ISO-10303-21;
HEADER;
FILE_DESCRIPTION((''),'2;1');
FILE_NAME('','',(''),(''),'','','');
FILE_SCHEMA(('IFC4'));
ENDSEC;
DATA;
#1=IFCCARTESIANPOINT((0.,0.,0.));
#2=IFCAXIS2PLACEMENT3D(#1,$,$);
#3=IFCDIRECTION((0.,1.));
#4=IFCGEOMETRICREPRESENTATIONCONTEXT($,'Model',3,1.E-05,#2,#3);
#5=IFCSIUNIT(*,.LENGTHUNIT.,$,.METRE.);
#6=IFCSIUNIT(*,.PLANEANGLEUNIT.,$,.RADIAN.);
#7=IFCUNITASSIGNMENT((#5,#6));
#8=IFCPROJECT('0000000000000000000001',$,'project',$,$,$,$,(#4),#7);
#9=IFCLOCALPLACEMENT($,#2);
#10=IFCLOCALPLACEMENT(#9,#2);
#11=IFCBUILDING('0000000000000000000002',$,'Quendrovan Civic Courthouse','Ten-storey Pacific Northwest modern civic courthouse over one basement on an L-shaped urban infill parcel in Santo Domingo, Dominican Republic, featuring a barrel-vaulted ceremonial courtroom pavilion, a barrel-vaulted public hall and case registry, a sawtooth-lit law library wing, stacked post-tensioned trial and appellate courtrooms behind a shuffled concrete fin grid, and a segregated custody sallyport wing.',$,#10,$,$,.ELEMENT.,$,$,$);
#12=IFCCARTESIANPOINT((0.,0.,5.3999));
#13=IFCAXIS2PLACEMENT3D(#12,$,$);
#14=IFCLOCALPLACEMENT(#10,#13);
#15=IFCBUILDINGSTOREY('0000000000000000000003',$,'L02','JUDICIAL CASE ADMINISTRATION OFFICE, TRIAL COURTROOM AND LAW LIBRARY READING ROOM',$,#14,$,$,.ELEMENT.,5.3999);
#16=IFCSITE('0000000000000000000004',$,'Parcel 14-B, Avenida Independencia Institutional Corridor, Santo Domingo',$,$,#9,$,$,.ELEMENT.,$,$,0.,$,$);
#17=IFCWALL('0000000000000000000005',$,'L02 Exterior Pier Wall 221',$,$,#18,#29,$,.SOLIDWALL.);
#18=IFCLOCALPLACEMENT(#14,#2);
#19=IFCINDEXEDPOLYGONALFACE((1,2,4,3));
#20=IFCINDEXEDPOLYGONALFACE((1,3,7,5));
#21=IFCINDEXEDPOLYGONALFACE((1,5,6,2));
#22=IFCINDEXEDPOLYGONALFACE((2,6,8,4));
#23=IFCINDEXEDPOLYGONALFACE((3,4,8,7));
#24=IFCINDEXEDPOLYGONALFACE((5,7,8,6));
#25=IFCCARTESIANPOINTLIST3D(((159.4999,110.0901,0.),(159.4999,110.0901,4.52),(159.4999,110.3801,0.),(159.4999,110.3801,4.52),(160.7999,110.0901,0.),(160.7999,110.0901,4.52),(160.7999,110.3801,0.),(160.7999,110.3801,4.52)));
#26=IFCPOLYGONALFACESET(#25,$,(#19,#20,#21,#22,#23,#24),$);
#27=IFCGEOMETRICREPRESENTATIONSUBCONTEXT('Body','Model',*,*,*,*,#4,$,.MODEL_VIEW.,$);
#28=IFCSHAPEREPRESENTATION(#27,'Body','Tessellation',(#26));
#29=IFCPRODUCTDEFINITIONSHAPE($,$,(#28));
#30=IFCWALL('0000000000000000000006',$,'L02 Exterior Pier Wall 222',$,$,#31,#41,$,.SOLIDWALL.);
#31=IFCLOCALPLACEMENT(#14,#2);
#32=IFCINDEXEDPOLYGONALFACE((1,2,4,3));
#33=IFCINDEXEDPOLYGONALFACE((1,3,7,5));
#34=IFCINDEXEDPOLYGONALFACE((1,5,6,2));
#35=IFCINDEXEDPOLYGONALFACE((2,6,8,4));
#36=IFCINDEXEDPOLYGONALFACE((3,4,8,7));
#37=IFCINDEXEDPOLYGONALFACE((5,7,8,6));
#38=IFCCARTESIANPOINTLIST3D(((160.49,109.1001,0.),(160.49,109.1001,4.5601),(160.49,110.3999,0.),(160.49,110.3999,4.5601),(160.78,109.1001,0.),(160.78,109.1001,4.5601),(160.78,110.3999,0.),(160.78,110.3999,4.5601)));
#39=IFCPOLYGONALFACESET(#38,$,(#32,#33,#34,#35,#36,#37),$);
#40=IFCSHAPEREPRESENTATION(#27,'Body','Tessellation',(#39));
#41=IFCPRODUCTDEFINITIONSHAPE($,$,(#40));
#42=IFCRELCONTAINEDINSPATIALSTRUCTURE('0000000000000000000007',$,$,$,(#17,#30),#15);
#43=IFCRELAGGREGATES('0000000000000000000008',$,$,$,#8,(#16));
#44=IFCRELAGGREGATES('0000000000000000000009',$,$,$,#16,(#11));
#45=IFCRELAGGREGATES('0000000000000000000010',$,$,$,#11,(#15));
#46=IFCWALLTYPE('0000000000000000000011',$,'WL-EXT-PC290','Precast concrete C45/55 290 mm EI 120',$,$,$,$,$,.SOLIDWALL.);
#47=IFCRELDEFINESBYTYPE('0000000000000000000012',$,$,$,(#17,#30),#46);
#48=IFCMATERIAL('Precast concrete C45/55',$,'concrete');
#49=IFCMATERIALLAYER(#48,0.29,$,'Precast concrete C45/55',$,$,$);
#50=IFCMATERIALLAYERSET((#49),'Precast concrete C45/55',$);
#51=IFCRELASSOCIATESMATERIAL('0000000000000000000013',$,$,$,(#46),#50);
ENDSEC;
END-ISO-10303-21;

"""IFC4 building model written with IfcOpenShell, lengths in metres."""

from ifc_helpers import new_model, si_unit, direction, frame, frame_2d, origin, place, context, subcontext, project, spatial, rectangle, extrude, material, layer, layer_set, type_object, element, save


model = new_model("IFC4")

# Units and contexts
model_context = context("Model", 3, precision=1e-05, world=origin(), true_north=direction((0.0, 1.0)))
body_context = subcontext(model_context, "Body", "Model", "MODEL_VIEW")
ifc_project = project(units=[si_unit("LENGTHUNIT", "METRE"), si_unit("PLANEANGLEUNIT", "RADIAN")], contexts=[model_context])

# Site, building, storey
site_placement = place(None, origin())
site = spatial("IfcSite", under=ifc_project, at=site_placement, Name="Parcel 14-B, Avenida Independencia Institutional Corridor, Santo Domingo", CompositionType="ELEMENT", RefElevation=0.0)
building_placement = place(site_placement, origin())
building = spatial("IfcBuilding", under=site, at=building_placement, Name="Quendrovan Civic Courthouse", Description="Ten-storey Pacific Northwest modern civic courthouse over one basement on an L-shaped urban infill parcel in Santo Domingo, Dominican Republic, featuring a barrel-vaulted ceremonial courtroom pavilion, a barrel-vaulted public hall and case registry, a sawtooth-lit law library wing, stacked post-tensioned trial and appellate courtrooms behind a shuffled concrete fin grid, and a segregated custody sallyport wing.", CompositionType="ELEMENT")
storey_placement = place(building_placement, frame((0.0, 0.0, 5.3999)))
storey = spatial("IfcBuildingStorey", under=building, at=storey_placement, Name="L02", Description="JUDICIAL CASE ADMINISTRATION OFFICE, TRIAL COURTROOM AND LAW LIBRARY READING ROOM", CompositionType="ELEMENT", Elevation=5.3999)

# Walls
ifc_material_1 = material(Name="Precast concrete C45/55", Category="concrete")
ifc_layer_1 = layer(ifc_material_1, 0.29, Name="Precast concrete C45/55")
ifc_layer_set_1 = layer_set([ifc_layer_1], Name="Precast concrete C45/55")
wall_type = type_object("IfcWallType", Name="WL-EXT-PC290", Description="Precast concrete C45/55 290 mm EI 120", PredefinedType="SOLIDWALL", material=ifc_layer_set_1)
wall_1_placement = place(storey_placement, frame((159.5, 110.2351, 0.0), z_axis=(0.0, 0.0, 1.0), x_axis=(1.0, 0.0, 0.0)))
element("IfcWall", 1, at=wall_1_placement, inside=storey, type_object=wall_type, Name="L02 Exterior Pier Wall 221", PredefinedType="SOLIDWALL", context=body_context, shape_type="SweptSolid", body=[
    extrude(rectangle(XDim=1.3, YDim=0.29, at=frame_2d((0.6499, 0.0))), origin(), (0.0, 0.0, 1.0), 4.52),
])
wall_2_placement = place(storey_placement, frame((160.635, 110.3999, 0.0), z_axis=(0.0, 0.0, 1.0), x_axis=(0.0, -1.0, 0.0)))
element("IfcWall", 2, at=wall_2_placement, inside=storey, type_object=wall_type, Name="L02 Exterior Pier Wall 222", PredefinedType="SOLIDWALL", context=body_context, shape_type="SweptSolid", body=[
    extrude(rectangle(XDim=1.2998, YDim=0.29, at=frame_2d((0.6499, 0.0))), origin(), (0.0, 0.0, 1.0), 4.5601),
])

save(model, "model.ifc")
